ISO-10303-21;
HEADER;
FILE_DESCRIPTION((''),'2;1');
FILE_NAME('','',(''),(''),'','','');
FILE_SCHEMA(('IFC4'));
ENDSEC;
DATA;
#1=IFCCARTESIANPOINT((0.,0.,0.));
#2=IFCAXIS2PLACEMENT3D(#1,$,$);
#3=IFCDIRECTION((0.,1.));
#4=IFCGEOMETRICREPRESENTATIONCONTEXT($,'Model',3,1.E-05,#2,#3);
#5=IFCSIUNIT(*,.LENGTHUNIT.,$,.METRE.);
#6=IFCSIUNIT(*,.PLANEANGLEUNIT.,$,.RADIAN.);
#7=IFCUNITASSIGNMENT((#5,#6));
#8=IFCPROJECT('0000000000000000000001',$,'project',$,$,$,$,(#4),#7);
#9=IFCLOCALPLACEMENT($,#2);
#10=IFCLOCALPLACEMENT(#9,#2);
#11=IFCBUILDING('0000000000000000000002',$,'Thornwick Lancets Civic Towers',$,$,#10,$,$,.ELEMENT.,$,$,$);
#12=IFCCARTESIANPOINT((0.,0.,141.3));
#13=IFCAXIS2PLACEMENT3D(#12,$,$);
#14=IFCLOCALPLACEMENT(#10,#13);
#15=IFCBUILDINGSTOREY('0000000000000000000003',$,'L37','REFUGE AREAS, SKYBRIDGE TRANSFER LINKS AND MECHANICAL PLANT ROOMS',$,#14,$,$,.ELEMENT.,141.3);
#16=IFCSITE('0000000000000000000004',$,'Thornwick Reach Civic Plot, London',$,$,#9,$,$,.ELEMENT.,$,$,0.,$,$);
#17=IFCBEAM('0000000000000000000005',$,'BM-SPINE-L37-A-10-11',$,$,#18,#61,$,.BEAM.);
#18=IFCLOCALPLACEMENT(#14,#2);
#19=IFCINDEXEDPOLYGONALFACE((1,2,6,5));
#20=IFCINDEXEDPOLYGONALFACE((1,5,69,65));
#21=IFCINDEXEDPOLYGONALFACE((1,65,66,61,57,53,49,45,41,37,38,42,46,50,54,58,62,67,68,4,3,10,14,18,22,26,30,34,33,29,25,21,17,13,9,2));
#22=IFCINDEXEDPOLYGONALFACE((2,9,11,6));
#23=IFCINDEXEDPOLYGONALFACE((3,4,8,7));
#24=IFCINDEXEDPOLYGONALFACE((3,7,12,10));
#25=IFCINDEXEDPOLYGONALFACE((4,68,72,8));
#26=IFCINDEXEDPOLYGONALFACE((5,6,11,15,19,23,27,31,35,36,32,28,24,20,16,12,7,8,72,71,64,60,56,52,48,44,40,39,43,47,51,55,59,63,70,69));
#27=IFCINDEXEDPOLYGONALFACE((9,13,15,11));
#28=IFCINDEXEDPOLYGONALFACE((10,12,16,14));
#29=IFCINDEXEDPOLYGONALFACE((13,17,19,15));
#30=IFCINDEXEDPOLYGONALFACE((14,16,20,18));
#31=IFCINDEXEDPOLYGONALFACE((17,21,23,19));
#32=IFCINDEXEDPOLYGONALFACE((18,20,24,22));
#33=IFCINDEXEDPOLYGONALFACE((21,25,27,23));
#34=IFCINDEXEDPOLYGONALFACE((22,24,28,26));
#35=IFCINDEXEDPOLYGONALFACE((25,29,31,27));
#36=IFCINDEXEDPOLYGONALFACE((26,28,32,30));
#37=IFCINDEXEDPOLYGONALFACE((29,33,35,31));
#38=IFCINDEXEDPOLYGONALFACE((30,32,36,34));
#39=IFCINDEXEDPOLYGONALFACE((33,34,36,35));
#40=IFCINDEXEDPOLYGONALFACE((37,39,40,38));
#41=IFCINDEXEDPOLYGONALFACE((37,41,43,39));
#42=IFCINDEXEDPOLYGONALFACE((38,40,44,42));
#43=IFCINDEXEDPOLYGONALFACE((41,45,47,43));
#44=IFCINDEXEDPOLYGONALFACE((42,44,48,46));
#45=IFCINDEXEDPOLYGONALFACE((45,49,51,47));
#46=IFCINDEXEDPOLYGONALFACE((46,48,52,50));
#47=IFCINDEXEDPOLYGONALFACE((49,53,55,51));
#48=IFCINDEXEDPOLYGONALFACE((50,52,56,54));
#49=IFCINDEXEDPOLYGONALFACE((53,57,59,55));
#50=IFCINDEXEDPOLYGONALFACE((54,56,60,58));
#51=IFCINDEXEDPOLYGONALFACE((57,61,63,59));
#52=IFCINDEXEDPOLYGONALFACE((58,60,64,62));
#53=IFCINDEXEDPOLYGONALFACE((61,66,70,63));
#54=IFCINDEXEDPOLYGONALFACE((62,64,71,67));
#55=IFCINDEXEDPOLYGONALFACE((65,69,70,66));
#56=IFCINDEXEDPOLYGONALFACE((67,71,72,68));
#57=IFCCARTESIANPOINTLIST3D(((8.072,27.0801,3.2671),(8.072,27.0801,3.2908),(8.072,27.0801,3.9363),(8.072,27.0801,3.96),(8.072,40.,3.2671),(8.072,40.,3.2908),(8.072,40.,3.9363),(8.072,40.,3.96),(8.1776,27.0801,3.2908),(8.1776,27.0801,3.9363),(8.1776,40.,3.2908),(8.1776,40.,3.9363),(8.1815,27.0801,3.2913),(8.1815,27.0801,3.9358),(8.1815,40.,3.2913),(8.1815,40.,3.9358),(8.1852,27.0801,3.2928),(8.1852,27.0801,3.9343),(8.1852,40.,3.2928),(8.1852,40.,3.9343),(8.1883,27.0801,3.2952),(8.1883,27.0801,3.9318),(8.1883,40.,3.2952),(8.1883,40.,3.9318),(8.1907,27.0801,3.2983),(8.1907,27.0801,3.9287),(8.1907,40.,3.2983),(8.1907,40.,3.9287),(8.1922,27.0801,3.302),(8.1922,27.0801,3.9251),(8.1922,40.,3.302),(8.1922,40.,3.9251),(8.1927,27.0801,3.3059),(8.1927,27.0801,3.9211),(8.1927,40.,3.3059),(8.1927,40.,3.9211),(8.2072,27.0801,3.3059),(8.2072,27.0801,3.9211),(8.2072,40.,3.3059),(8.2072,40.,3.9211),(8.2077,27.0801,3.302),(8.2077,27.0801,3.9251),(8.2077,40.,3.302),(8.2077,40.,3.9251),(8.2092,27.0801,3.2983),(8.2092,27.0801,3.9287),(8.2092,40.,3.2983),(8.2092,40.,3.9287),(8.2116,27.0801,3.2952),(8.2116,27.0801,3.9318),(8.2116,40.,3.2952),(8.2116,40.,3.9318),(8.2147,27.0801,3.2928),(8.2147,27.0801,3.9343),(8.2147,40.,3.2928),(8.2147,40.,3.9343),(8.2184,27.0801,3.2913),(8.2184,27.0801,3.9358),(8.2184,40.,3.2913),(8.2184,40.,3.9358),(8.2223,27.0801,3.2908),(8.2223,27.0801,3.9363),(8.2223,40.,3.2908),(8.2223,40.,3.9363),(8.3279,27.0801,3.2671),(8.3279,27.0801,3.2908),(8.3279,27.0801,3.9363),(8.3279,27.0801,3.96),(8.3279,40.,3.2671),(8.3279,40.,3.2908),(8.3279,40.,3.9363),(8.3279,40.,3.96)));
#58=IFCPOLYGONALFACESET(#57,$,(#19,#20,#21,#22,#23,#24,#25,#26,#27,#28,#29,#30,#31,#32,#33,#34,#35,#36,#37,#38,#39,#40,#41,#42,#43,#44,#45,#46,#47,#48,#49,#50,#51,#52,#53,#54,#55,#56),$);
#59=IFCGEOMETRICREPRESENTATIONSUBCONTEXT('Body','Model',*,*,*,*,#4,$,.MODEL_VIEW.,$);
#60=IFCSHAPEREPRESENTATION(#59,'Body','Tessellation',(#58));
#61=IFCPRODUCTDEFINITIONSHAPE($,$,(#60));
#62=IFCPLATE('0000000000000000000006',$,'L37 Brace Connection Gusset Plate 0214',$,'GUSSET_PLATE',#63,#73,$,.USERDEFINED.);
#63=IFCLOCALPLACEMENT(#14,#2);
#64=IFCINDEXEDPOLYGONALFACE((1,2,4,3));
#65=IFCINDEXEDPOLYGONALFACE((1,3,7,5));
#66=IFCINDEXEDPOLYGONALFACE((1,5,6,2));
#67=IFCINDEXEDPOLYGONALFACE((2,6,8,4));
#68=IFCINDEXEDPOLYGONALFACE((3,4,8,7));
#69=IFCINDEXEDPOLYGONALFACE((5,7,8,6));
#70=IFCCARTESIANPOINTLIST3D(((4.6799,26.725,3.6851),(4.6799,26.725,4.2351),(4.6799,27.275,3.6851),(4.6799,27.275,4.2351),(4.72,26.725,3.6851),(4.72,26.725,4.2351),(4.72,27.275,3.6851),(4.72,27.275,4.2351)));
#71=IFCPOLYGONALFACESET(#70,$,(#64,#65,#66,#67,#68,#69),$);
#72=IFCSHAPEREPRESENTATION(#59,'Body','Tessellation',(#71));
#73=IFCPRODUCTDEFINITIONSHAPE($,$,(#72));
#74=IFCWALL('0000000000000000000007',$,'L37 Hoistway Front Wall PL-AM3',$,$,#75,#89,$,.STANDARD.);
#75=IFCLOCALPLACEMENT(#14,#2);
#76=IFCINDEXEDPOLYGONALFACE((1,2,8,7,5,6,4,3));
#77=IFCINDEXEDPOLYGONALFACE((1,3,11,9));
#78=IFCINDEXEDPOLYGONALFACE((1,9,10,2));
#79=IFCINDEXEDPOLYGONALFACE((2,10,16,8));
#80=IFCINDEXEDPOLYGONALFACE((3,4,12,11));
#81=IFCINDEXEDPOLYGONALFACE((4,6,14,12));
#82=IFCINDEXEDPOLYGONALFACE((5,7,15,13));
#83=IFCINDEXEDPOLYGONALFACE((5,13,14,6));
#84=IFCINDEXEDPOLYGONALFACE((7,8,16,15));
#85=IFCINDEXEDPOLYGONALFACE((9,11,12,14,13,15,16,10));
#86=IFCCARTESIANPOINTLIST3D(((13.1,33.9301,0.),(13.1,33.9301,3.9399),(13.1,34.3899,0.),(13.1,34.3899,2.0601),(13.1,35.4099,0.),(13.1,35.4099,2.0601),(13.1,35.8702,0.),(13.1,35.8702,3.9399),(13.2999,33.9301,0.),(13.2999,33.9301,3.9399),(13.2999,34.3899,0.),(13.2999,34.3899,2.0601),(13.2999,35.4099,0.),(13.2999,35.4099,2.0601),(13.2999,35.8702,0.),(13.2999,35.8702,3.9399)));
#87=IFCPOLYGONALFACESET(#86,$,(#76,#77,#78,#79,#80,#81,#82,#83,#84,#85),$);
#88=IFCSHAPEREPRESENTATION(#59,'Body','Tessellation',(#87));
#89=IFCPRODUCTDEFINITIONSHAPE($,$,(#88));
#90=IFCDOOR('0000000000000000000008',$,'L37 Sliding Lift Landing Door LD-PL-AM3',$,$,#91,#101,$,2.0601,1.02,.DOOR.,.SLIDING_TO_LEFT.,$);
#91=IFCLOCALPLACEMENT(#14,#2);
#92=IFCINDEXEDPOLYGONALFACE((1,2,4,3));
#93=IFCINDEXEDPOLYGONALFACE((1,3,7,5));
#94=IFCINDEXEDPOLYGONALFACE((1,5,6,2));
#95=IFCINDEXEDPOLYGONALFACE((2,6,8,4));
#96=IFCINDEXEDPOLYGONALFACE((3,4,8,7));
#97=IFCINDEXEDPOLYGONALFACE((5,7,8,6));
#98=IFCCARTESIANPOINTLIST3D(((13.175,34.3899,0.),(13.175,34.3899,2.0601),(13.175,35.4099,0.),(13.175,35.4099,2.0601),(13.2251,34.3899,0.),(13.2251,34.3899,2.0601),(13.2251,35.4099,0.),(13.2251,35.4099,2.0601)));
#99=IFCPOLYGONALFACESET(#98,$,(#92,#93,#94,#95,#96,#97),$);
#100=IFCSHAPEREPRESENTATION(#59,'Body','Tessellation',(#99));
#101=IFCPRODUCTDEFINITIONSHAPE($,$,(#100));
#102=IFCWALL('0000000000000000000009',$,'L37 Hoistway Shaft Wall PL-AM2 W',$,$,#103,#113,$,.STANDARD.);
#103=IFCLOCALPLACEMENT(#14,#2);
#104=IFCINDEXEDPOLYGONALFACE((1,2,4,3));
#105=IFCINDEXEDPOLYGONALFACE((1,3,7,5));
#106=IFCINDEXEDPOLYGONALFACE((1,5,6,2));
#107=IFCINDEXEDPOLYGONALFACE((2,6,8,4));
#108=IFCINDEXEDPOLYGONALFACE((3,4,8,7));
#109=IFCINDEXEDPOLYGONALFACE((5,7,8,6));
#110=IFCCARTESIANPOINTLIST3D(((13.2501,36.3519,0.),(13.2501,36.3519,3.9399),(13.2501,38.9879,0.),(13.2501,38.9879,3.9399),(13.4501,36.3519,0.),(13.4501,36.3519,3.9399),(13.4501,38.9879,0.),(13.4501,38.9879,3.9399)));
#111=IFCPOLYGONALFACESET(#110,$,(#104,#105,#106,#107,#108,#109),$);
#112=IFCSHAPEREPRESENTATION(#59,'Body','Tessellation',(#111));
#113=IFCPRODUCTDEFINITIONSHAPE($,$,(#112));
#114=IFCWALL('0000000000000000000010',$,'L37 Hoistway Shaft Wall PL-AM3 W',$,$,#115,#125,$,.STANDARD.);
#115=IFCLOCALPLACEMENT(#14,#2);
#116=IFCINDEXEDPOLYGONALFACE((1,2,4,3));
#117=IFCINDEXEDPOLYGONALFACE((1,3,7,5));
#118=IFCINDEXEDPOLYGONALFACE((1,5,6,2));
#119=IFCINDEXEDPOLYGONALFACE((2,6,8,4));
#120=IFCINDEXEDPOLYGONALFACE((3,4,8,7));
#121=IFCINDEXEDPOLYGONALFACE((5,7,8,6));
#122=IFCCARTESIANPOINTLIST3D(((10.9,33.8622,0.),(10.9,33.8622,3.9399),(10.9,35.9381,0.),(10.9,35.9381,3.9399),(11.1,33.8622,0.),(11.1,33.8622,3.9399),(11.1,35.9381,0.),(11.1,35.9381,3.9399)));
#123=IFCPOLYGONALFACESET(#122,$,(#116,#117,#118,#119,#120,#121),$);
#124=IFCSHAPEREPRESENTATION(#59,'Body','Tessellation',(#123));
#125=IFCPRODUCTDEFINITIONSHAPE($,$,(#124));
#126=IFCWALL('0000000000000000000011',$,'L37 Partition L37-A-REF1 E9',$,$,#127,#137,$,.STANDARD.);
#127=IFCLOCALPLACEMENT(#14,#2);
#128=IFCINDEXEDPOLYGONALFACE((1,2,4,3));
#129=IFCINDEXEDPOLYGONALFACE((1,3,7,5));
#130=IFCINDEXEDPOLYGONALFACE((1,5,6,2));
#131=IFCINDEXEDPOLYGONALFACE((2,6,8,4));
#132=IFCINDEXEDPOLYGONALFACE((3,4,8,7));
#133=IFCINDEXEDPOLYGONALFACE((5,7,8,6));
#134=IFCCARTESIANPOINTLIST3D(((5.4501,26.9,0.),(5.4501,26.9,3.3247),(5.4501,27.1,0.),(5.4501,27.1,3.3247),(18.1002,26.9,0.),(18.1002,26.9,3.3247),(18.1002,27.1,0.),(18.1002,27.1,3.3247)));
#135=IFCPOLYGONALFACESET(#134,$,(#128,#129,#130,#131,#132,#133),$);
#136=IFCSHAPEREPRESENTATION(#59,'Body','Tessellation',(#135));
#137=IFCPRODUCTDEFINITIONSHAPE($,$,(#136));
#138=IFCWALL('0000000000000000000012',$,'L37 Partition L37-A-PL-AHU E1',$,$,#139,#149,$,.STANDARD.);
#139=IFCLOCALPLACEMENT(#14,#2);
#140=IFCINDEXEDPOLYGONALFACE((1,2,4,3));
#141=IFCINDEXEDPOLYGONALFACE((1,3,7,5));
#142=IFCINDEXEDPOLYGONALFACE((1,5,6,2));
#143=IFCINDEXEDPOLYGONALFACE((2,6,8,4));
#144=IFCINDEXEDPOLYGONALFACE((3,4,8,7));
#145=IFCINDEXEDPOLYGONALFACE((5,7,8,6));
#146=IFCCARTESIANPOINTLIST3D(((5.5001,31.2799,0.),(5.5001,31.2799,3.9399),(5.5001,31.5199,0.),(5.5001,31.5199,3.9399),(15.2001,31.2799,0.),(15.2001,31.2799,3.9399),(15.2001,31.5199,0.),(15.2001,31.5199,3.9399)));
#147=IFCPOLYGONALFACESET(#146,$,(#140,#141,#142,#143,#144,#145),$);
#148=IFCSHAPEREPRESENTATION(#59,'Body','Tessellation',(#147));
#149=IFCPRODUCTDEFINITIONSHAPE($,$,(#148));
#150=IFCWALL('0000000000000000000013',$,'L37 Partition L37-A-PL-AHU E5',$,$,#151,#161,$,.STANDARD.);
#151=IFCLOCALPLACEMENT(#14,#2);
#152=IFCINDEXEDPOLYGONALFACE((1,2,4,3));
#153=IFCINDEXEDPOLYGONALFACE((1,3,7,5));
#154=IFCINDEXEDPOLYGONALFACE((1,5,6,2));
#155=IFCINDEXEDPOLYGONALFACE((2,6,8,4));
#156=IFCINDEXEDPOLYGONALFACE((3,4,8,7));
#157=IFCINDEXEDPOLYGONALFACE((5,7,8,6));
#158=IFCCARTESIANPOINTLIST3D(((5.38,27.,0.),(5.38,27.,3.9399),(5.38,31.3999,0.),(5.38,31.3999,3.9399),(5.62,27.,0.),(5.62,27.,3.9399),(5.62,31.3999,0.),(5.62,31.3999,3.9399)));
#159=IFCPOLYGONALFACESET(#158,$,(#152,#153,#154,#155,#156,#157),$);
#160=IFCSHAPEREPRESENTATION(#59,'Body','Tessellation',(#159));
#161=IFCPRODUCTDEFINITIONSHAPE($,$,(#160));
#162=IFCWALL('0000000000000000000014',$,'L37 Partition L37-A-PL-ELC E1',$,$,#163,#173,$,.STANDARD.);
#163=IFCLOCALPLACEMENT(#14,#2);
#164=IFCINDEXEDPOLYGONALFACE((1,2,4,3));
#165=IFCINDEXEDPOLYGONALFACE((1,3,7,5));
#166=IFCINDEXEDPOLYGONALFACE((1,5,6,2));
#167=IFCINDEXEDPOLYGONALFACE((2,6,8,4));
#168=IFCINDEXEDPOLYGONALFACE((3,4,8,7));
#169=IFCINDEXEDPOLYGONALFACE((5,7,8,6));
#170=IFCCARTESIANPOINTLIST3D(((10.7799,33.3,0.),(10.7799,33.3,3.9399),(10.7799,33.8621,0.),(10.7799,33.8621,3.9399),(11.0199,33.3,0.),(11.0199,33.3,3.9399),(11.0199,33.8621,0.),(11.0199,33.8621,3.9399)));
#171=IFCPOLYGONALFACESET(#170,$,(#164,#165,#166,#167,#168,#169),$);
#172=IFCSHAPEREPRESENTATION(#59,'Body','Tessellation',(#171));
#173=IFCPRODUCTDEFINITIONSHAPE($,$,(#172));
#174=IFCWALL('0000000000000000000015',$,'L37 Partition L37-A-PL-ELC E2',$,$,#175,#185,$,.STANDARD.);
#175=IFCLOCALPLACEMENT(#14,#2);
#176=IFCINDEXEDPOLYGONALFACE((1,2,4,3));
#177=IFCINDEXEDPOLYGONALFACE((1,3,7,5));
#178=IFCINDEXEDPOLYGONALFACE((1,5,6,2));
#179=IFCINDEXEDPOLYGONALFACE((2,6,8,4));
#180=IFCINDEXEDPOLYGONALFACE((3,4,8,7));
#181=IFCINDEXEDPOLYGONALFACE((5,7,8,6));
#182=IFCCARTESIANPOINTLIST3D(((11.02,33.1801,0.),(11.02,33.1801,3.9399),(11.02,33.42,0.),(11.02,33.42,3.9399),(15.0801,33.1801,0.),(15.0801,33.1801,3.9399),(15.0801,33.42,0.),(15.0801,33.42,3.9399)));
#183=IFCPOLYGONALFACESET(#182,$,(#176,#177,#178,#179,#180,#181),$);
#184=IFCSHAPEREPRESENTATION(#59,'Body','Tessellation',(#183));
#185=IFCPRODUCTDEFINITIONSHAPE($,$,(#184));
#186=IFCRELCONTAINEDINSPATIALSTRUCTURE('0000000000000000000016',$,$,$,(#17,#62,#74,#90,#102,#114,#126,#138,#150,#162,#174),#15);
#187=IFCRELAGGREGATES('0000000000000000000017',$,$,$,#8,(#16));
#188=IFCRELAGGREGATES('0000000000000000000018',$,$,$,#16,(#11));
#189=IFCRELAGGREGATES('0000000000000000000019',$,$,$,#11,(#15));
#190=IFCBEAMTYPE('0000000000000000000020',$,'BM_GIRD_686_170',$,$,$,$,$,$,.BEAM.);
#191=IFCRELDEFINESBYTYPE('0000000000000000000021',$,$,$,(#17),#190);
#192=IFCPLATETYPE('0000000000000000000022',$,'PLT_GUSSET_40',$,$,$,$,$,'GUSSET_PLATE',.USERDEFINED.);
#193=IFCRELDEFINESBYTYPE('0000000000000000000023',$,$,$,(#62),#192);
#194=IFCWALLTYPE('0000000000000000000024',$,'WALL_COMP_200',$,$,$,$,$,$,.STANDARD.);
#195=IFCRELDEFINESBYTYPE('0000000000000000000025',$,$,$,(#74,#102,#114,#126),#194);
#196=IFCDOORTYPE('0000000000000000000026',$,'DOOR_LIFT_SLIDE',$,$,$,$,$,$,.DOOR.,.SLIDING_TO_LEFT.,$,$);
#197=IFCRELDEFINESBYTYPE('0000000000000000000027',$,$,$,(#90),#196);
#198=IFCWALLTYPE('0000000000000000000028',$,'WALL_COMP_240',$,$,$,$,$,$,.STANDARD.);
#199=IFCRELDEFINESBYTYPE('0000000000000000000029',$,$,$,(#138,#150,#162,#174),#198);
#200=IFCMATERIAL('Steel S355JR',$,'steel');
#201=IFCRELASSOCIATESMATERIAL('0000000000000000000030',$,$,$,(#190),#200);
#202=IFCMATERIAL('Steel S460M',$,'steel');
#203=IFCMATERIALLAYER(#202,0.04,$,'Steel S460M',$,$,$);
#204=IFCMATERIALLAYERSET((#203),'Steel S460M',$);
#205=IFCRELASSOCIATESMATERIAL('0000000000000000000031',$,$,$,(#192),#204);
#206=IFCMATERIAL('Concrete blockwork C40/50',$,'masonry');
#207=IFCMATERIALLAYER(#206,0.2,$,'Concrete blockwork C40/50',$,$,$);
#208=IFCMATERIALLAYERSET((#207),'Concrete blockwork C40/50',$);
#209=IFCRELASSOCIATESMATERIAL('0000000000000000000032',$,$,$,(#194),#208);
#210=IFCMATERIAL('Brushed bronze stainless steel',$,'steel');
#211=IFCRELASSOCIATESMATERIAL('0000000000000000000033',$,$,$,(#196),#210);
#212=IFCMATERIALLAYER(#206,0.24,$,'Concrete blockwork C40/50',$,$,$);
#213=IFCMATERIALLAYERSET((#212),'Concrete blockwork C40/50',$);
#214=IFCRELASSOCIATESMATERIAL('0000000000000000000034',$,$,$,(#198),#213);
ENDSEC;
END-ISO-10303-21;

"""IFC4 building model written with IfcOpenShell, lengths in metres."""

from ifc_helpers import new_model, si_unit, direction, frame, frame_2d, origin, origin_2d, place, context, subcontext, project, spatial, rectangle, i_section, extrude, material, layer, layer_set, material_profile, profile_set, type_object, element, fill, save


model = new_model("IFC4")

# Units and contexts
model_context = context("Model", 3, precision=1e-05, world=origin(), true_north=direction((0.0, 1.0)))
body_context = subcontext(model_context, "Body", "Model", "MODEL_VIEW")
ifc_project = project(units=[si_unit("LENGTHUNIT", "METRE"), si_unit("PLANEANGLEUNIT", "RADIAN")], contexts=[model_context])

# Site, building, storey
site_placement = place(None, origin())
site = spatial("IfcSite", under=ifc_project, at=site_placement, Name="Thornwick Reach Civic Plot, London", CompositionType="ELEMENT", RefElevation=0.0)
building_placement = place(site_placement, origin())
building = spatial("IfcBuilding", under=site, at=building_placement, Name="Thornwick Lancets Civic Towers", CompositionType="ELEMENT")
storey_placement = place(building_placement, frame((0.0, 0.0, 141.3)))
storey = spatial("IfcBuildingStorey", under=building, at=storey_placement, Name="L37", Description="REFUGE AREAS, SKYBRIDGE TRANSFER LINKS AND MECHANICAL PLANT ROOMS", CompositionType="ELEMENT", Elevation=141.3)

# Beam
ifc_material_1 = material(Name="Steel S355JR", Category="steel")
ifc_material_profile_1 = material_profile(ifc_material_1, i_section(OverallWidth=0.2559, OverallDepth=0.6929, WebThickness=0.0144, FlangeThickness=0.0237, FilletRadius=0.0151, at=origin_2d()), Name="UKB 686x254x170")
ifc_profile_set_1 = profile_set([ifc_material_profile_1], Name="Steel S355JR")
beam_type_1 = type_object("IfcBeamType", Name="BM_GIRD_686_170", PredefinedType="BEAM", material=ifc_profile_set_1)
beam_1_placement = place(storey_placement, frame((8.2, 27.0801, 3.6135), z_axis=(0.0, 1.0, 0.0), x_axis=(-1.0, 0.0, 0.0)))
element("IfcBeam", 1, at=beam_1_placement, inside=storey, type_object=beam_type_1, Name="BM-SPINE-L37-A-10-11", PredefinedType="BEAM", context=body_context, shape_type="SweptSolid", body=[
    extrude(i_section(OverallWidth=0.2559, OverallDepth=0.6929, WebThickness=0.0144, FlangeThickness=0.0237, FilletRadius=0.0151, at=origin_2d()), origin(), (0.0, 0.0, 1.0), 12.9199),
])

# Plate
ifc_material_2 = material(Name="Steel S460M", Category="steel")
ifc_layer_1 = layer(ifc_material_2, 0.04, Name="Steel S460M")
ifc_layer_set_1 = layer_set([ifc_layer_1], Name="Steel S460M")
plate_type = type_object("IfcPlateType", Name="PLT_GUSSET_40", ElementType="GUSSET_PLATE", PredefinedType="USERDEFINED", material=ifc_layer_set_1)
plate_placement = place(storey_placement, frame((4.7, 27.0, 3.6851), z_axis=(0.0, 0.0, 1.0), x_axis=(0.0, 1.0, 0.0)))
element("IfcPlate", 2, at=plate_placement, inside=storey, type_object=plate_type, Name="L37 Brace Connection Gusset Plate 0214", ObjectType="GUSSET_PLATE", PredefinedType="USERDEFINED", context=body_context, shape_type="SweptSolid", body=[
    extrude(rectangle(XDim=0.55, YDim=0.04, at=origin_2d()), origin(), (0.0, 0.0, 1.0), 0.55),
])

# Wall, opening, door
ifc_material_3 = material(Name="Concrete blockwork C40/50", Category="masonry")
ifc_layer_2 = layer(ifc_material_3, 0.2, Name="Concrete blockwork C40/50")
ifc_layer_set_2 = layer_set([ifc_layer_2], Name="Concrete blockwork C40/50")
wall_type_1 = type_object("IfcWallType", Name="WALL_COMP_200", PredefinedType="STANDARD", material=ifc_layer_set_2)
wall_1_placement = place(storey_placement, frame((13.2, 33.9299, 0.0), z_axis=(0.0, 0.0, 1.0), x_axis=(0.0, 1.0, 0.0)))
wall_1 = element("IfcWall", 3, at=wall_1_placement, inside=storey, type_object=wall_type_1, Name="L37 Hoistway Front Wall PL-AM3", PredefinedType="STANDARD", context=body_context, shape_type="SweptSolid", body=[
    extrude(rectangle(XDim=1.9402, YDim=0.2, at=frame_2d((0.9702, 0.0))), origin(), (0.0, 0.0, 1.0), 3.9399),
])
opening_placement = place(wall_1_placement, frame((0.46, 0.0, 0.0)))
opening = element("IfcOpeningElement", 4, at=opening_placement, cuts=wall_1, PredefinedType="OPENING", context=body_context, shape_type="SweptSolid", body=[
    extrude(rectangle(XDim=1.02, YDim=2.0601, at=frame_2d((0.51, 1.03))), frame((0.0, 0.1099, 0.0), z_axis=(0.0, -1.0, 0.0), x_axis=(1.0, 0.0, 0.0)), (0.0, 0.0, 1.0), 0.22),
])
ifc_material_4 = material(Name="Brushed bronze stainless steel", Category="steel")
door_type = type_object("IfcDoorType", Name="DOOR_LIFT_SLIDE", OperationType="SLIDING_TO_LEFT", PredefinedType="DOOR", material=ifc_material_4)
door_placement = place(opening_placement, origin())
door = element("IfcDoor", 5, at=door_placement, inside=storey, type_object=door_type, Name="L37 Sliding Lift Landing Door LD-PL-AM3", OperationType="SLIDING_TO_LEFT", OverallHeight=2.0601, OverallWidth=1.02, PredefinedType="DOOR", context=body_context, shape_type="SweptSolid", body=[
    extrude(rectangle(XDim=1.02, YDim=2.0601, at=frame_2d((0.51, 1.03))), frame((0.0, 0.0249, 0.0), z_axis=(0.0, -1.0, 0.0), x_axis=(1.0, 0.0, 0.0)), (0.0, 0.0, 1.0), 0.05),
])
fill(opening, door)

# Walls
wall_2_placement = place(storey_placement, frame((13.3501, 36.3521, 0.0), z_axis=(0.0, 0.0, 1.0), x_axis=(0.0, 1.0, 0.0)))
element("IfcWall", 6, at=wall_2_placement, inside=storey, type_object=wall_type_1, Name="L37 Hoistway Shaft Wall PL-AM2 W", PredefinedType="STANDARD", context=body_context, shape_type="SweptSolid", body=[
    extrude(rectangle(XDim=2.636, YDim=0.2, at=frame_2d((1.3179, 0.0))), origin(), (0.0, 0.0, 1.0), 3.9399),
])
wall_3_placement = place(storey_placement, frame((11.0, 33.8621, 0.0), z_axis=(0.0, 0.0, 1.0), x_axis=(0.0, 1.0, 0.0)))
element("IfcWall", 7, at=wall_3_placement, inside=storey, type_object=wall_type_1, Name="L37 Hoistway Shaft Wall PL-AM3 W", PredefinedType="STANDARD", context=body_context, shape_type="SweptSolid", body=[
    extrude(rectangle(XDim=2.0759, YDim=0.2, at=frame_2d((1.0381, 0.0))), origin(), (0.0, 0.0, 1.0), 3.9399),
])
wall_4_placement = place(storey_placement, frame((5.45, 27.0, 0.0), z_axis=(0.0, 0.0, 1.0), x_axis=(1.0, 0.0, 0.0)))
element("IfcWall", 8, at=wall_4_placement, inside=storey, type_object=wall_type_1, Name="L37 Partition L37-A-REF1 E9", PredefinedType="STANDARD", context=body_context, shape_type="SweptSolid", body=[
    extrude(rectangle(XDim=12.6501, YDim=0.2, at=frame_2d((6.3252, 0.0))), origin(), (0.0, 0.0, 1.0), 3.3247),
])
ifc_layer_3 = layer(ifc_material_3, 0.24, Name="Concrete blockwork C40/50")
ifc_layer_set_3 = layer_set([ifc_layer_3], Name="Concrete blockwork C40/50")
wall_type_2 = type_object("IfcWallType", Name="WALL_COMP_240", PredefinedType="STANDARD", material=ifc_layer_set_3)
wall_5_placement = place(storey_placement, frame((5.5, 31.3999, 0.0), z_axis=(0.0, 0.0, 1.0), x_axis=(1.0, 0.0, 0.0)))
element("IfcWall", 9, at=wall_5_placement, inside=storey, type_object=wall_type_2, Name="L37 Partition L37-A-PL-AHU E1", PredefinedType="STANDARD", context=body_context, shape_type="SweptSolid", body=[
    extrude(rectangle(XDim=9.7, YDim=0.24, at=frame_2d((4.8501, 0.0))), origin(), (0.0, 0.0, 1.0), 3.9399),
])
wall_6_placement = place(storey_placement, frame((5.5, 27.0, 0.0), z_axis=(0.0, 0.0, 1.0), x_axis=(0.0, 1.0, 0.0)))
element("IfcWall", 10, at=wall_6_placement, inside=storey, type_object=wall_type_2, Name="L37 Partition L37-A-PL-AHU E5", PredefinedType="STANDARD", context=body_context, shape_type="SweptSolid", body=[
    extrude(rectangle(XDim=4.3999, YDim=0.24, at=frame_2d((2.2, 0.0))), origin(), (0.0, 0.0, 1.0), 3.9399),
])
wall_7_placement = place(storey_placement, frame((10.8999, 33.8621, 0.0), z_axis=(0.0, 0.0, 1.0), x_axis=(0.0, -1.0, 0.0)))
element("IfcWall", 11, at=wall_7_placement, inside=storey, type_object=wall_type_2, Name="L37 Partition L37-A-PL-ELC E1", PredefinedType="STANDARD", context=body_context, shape_type="SweptSolid", body=[
    extrude(rectangle(XDim=0.562, YDim=0.24, at=frame_2d((0.281, 0.0))), origin(), (0.0, 0.0, 1.0), 3.9399),
])
wall_8_placement = place(storey_placement, frame((11.02, 33.3, 0.0), z_axis=(0.0, 0.0, 1.0), x_axis=(1.0, 0.0, 0.0)))
element("IfcWall", 12, at=wall_8_placement, inside=storey, type_object=wall_type_2, Name="L37 Partition L37-A-PL-ELC E2", PredefinedType="STANDARD", context=body_context, shape_type="SweptSolid", body=[
    extrude(rectangle(XDim=4.0601, YDim=0.24, at=frame_2d((2.03, 0.0))), origin(), (0.0, 0.0, 1.0), 3.9399),
])

save(model, "model.ifc")
